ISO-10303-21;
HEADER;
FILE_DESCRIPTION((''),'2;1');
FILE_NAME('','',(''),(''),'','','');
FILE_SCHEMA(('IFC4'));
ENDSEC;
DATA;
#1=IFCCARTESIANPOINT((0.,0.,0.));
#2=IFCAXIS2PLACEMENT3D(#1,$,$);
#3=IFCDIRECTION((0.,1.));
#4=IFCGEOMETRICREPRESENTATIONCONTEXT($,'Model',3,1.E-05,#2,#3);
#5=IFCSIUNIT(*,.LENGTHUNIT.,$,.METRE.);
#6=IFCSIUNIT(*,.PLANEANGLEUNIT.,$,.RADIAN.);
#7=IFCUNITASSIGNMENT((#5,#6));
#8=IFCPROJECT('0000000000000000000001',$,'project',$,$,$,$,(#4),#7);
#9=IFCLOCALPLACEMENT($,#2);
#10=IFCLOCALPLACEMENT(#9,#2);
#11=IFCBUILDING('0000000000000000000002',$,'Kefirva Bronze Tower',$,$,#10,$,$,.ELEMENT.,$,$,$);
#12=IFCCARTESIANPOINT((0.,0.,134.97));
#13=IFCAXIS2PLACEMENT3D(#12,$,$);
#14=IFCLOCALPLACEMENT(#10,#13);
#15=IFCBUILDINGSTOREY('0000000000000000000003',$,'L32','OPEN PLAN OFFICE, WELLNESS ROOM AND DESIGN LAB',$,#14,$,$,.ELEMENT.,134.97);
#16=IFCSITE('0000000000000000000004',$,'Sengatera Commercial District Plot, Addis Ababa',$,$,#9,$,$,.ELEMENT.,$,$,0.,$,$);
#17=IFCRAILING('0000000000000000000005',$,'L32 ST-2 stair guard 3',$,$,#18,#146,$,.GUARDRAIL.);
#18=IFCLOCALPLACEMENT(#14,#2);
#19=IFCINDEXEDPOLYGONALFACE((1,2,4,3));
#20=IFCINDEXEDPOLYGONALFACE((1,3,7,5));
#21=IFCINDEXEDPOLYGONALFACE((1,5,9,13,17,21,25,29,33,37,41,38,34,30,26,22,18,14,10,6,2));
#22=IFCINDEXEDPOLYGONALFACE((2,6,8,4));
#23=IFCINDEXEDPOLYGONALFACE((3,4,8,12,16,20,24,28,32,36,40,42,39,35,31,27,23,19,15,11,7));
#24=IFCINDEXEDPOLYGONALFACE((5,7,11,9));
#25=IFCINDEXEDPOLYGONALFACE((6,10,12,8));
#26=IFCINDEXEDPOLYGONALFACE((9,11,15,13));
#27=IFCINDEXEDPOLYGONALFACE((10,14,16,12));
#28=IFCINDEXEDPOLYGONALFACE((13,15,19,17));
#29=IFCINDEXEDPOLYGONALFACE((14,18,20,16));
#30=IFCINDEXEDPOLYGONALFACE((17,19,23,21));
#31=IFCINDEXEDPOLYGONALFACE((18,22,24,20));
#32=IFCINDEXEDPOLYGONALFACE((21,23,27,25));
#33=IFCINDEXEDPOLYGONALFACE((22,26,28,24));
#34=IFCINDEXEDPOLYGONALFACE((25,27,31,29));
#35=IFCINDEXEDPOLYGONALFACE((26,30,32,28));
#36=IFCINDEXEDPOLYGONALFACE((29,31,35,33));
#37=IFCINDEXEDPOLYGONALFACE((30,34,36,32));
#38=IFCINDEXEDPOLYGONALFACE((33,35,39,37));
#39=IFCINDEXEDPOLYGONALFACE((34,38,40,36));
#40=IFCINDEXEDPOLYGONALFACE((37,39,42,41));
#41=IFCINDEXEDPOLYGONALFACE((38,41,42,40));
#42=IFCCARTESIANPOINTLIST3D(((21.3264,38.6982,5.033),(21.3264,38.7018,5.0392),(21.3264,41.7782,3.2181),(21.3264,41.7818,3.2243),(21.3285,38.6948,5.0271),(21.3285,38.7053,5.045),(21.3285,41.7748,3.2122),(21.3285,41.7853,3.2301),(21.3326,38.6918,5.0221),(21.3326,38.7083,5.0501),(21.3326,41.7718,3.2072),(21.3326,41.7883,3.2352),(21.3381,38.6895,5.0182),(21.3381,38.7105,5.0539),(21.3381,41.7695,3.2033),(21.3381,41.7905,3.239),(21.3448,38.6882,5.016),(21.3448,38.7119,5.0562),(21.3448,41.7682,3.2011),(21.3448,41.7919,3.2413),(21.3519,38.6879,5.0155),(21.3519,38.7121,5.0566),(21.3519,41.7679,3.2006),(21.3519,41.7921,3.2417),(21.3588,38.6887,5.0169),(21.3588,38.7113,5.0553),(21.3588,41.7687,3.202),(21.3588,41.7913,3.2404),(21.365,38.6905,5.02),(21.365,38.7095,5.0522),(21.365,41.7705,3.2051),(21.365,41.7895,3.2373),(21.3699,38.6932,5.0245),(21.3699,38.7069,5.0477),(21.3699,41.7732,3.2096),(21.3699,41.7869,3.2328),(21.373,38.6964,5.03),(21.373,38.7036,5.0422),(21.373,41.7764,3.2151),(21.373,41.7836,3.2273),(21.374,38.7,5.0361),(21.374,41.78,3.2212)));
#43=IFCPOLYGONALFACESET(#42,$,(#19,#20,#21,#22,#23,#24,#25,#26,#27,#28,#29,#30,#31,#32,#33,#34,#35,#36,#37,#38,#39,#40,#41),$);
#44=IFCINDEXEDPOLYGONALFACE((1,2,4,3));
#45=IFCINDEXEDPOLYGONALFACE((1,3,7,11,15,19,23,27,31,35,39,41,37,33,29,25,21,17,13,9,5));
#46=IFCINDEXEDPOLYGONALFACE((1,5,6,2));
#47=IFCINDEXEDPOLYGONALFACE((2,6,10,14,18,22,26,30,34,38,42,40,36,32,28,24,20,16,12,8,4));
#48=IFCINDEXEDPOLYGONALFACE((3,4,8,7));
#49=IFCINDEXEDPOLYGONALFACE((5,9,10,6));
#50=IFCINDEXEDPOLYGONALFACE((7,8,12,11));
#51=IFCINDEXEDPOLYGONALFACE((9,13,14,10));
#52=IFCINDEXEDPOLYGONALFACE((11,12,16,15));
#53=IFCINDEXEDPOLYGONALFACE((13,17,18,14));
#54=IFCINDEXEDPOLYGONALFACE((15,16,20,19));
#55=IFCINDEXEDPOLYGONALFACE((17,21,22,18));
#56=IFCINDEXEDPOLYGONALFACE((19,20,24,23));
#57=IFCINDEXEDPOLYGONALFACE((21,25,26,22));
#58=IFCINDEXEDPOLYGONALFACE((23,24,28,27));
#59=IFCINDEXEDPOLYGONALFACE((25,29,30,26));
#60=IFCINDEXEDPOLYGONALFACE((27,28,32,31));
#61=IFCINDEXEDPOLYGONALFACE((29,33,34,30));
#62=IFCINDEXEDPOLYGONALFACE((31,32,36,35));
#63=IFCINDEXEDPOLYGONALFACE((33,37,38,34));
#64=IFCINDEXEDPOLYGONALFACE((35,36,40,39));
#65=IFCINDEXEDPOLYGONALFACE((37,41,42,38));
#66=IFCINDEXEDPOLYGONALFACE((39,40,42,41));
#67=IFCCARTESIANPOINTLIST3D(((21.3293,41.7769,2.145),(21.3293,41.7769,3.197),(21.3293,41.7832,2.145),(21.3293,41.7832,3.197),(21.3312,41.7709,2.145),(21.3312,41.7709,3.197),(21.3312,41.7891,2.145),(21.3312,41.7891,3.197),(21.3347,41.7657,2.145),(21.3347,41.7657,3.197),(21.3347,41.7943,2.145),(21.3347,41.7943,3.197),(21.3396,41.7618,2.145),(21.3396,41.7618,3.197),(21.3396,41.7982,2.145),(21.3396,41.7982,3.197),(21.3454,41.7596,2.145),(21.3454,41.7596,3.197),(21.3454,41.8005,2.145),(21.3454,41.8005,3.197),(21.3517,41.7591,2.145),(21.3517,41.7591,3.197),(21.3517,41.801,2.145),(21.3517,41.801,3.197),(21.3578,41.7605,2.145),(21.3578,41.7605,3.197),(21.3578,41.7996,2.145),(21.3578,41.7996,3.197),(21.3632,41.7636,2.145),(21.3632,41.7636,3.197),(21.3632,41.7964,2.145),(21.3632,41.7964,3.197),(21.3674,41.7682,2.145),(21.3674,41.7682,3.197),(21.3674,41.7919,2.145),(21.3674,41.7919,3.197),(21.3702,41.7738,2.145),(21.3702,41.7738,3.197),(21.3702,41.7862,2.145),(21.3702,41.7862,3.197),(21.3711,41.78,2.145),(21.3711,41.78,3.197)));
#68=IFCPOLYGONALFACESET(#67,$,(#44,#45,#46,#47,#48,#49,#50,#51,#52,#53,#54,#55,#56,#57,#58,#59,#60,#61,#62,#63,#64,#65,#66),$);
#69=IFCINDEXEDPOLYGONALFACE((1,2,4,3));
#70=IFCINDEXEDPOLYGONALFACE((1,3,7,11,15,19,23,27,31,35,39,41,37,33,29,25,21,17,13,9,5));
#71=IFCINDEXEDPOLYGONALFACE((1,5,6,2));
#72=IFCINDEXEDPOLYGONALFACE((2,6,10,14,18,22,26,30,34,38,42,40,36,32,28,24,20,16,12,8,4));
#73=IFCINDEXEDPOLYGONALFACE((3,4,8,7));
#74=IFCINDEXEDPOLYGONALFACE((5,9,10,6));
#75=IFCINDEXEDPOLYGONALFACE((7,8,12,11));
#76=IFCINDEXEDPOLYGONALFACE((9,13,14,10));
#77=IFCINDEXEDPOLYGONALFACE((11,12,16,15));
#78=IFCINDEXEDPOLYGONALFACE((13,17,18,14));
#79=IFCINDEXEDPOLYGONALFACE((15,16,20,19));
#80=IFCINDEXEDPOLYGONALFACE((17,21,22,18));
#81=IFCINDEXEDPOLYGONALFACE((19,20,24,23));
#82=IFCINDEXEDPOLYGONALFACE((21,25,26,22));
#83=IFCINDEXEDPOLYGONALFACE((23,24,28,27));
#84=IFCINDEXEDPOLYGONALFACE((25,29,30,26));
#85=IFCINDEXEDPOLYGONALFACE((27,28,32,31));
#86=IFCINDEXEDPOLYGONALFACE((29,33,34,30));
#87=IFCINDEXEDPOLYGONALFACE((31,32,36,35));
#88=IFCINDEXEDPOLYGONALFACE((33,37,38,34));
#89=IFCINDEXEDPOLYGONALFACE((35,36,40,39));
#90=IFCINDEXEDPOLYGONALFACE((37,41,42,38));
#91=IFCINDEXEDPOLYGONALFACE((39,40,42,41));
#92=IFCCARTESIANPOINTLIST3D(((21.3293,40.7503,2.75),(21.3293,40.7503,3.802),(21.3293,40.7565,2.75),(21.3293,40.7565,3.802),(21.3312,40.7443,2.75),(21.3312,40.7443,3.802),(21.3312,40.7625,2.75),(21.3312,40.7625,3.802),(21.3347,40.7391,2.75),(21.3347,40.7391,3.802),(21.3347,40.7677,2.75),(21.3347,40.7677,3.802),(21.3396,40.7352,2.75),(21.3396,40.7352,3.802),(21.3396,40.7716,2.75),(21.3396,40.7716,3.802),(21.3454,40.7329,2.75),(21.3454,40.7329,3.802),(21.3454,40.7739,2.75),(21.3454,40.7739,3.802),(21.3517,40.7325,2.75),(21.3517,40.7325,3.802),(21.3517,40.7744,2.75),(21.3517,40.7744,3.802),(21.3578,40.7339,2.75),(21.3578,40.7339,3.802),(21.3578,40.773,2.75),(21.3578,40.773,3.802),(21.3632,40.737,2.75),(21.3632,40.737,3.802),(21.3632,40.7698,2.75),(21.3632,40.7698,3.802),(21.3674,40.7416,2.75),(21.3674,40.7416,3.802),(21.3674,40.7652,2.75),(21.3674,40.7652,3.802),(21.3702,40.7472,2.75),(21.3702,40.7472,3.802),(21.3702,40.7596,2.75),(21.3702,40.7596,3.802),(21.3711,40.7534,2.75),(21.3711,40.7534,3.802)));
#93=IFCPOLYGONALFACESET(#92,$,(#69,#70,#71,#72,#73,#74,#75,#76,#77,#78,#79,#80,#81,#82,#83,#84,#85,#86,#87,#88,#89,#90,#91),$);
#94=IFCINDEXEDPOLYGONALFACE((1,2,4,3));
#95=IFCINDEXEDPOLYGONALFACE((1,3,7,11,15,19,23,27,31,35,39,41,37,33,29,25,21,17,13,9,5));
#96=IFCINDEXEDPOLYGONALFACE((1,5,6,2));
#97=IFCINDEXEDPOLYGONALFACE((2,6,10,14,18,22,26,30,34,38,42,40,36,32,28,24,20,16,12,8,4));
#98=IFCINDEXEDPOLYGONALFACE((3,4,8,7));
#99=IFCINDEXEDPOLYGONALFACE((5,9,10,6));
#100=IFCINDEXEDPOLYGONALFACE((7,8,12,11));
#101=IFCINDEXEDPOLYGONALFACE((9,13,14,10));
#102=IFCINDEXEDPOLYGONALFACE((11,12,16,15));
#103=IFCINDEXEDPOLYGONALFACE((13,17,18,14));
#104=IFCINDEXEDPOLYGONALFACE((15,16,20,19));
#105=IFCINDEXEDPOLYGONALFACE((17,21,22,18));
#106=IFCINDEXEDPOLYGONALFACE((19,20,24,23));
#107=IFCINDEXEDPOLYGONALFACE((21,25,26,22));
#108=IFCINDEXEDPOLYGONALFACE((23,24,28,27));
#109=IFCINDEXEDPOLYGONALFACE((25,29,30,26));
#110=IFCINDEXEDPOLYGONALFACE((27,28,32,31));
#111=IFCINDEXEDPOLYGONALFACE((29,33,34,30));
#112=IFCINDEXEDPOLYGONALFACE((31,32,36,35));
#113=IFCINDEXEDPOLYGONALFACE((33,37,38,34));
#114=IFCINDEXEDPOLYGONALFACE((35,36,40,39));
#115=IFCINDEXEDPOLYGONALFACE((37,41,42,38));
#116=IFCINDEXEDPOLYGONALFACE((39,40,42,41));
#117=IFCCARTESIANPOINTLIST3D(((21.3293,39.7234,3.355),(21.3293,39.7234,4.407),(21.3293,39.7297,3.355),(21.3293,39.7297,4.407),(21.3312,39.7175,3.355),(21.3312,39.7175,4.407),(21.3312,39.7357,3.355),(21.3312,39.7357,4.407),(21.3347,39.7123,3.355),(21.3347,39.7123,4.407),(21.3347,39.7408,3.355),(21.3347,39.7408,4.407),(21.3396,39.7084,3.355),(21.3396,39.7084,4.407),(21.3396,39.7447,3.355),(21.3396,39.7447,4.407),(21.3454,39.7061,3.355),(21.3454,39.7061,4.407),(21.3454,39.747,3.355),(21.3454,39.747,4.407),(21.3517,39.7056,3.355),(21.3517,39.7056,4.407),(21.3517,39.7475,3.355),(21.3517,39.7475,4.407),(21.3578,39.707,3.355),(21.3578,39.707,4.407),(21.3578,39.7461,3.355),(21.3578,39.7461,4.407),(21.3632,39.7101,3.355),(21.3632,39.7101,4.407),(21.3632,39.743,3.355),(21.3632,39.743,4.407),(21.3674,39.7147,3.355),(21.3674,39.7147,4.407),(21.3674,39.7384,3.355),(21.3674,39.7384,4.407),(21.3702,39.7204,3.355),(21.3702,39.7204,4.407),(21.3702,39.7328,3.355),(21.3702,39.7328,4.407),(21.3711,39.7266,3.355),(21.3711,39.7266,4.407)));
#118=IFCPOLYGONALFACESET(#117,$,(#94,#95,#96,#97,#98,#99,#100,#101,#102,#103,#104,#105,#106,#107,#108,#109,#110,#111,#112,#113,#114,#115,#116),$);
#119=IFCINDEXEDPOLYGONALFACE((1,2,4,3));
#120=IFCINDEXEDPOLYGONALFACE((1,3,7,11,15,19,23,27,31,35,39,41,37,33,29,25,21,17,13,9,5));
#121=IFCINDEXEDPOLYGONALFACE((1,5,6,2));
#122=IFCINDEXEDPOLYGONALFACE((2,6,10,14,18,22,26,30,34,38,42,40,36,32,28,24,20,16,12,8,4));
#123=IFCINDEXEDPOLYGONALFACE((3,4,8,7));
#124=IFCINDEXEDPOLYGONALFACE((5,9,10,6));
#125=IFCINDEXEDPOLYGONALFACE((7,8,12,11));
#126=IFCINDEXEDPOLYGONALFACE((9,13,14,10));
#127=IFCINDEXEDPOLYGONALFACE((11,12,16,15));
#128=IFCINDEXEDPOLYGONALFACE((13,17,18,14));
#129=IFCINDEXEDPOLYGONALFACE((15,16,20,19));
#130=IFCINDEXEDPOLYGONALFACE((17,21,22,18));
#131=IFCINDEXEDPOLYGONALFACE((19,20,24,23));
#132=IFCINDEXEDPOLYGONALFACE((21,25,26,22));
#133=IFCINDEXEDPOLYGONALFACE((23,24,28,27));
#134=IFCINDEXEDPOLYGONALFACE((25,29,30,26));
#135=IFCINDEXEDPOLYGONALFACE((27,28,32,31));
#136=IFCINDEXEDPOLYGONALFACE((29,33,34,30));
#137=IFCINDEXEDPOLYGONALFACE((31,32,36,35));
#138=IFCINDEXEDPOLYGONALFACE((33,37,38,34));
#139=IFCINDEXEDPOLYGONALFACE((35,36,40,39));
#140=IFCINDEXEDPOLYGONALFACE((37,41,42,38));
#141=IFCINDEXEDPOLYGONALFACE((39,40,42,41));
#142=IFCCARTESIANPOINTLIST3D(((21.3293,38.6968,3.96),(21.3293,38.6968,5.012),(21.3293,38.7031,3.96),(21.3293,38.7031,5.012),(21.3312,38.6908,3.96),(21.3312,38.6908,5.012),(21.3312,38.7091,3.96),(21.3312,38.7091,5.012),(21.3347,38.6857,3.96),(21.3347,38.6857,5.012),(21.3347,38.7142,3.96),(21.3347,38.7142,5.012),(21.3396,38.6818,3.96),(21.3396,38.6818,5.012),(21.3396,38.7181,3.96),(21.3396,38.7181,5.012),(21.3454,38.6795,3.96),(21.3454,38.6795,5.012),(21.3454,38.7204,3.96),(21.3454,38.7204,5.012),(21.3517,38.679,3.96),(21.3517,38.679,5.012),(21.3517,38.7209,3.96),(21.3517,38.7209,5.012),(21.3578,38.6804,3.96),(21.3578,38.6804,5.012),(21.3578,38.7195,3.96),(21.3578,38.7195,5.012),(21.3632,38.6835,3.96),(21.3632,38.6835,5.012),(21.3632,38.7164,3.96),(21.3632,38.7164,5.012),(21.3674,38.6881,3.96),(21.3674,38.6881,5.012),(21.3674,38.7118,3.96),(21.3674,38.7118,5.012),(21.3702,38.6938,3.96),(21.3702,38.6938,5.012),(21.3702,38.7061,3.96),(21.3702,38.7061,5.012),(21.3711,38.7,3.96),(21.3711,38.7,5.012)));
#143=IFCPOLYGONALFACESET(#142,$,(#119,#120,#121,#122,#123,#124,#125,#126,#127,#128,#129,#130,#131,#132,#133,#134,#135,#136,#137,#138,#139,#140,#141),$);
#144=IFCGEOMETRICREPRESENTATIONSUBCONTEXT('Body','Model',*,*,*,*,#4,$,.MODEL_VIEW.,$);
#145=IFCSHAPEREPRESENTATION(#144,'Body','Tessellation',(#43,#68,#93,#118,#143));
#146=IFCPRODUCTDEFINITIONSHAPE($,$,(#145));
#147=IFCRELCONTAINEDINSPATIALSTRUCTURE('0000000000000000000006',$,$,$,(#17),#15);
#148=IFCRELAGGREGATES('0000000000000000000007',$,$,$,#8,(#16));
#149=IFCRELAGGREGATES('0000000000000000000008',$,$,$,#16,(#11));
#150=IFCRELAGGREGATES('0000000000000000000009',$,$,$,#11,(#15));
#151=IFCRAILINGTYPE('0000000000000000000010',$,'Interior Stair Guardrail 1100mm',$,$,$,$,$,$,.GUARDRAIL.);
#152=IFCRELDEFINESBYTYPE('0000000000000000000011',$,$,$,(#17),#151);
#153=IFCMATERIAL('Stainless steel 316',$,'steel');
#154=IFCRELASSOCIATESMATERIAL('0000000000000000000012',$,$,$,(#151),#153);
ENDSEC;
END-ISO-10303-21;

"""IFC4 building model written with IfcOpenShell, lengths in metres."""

from ifc_helpers import new_model, si_unit, direction, frame, origin, origin_2d, place, context, subcontext, project, spatial, circle, extrude, material, type_object, element, save


model = new_model("IFC4")

# Units and contexts
model_context = context("Model", 3, precision=1e-05, world=origin(), true_north=direction((0.0, 1.0)))
body_context = subcontext(model_context, "Body", "Model", "MODEL_VIEW")
ifc_project = project(units=[si_unit("LENGTHUNIT", "METRE"), si_unit("PLANEANGLEUNIT", "RADIAN")], contexts=[model_context])

# Site, building, storey
site_placement = place(None, origin())
site = spatial("IfcSite", under=ifc_project, at=site_placement, Name="Sengatera Commercial District Plot, Addis Ababa", CompositionType="ELEMENT", RefElevation=0.0)
building_placement = place(site_placement, origin())
building = spatial("IfcBuilding", under=site, at=building_placement, Name="Kefirva Bronze Tower", CompositionType="ELEMENT")
storey_placement = place(building_placement, frame((0.0, 0.0, 134.97)))
storey = spatial("IfcBuildingStorey", under=building, at=storey_placement, Name="L32", Description="OPEN PLAN OFFICE, WELLNESS ROOM AND DESIGN LAB", CompositionType="ELEMENT", Elevation=134.97)

# Railing
ifc_material_1 = material(Name="Stainless steel 316", Category="steel")
railing_type_1 = type_object("IfcRailingType", Name="Interior Stair Guardrail 1100mm", PredefinedType="GUARDRAIL", material=ifc_material_1)
railing_1_placement = place(storey_placement, frame((21.3501, 41.78, 2.145)))
element("IfcRailing", 1, at=railing_1_placement, inside=storey, type_object=railing_type_1, Name="L32 ST-2 stair guard 3", PredefinedType="GUARDRAIL", context=body_context, shape_type="SweptSolid", body=[
    extrude(circle(Radius=0.0239, at=origin_2d()), frame((0.0, 0.0, 1.0762), z_axis=(0.0, -0.861551, 0.507671), x_axis=(1.0, 0.0, 0.0)), (0.0, 0.0, 1.0), 3.575),
    extrude(circle(Radius=0.021, at=origin_2d()), origin(), (0.0, 0.0, 1.0), 1.052),
    extrude(circle(Radius=0.021, at=origin_2d()), frame((0.0, -1.0266, 0.605)), (0.0, 0.0, 1.0), 1.052),
    extrude(circle(Radius=0.021, at=origin_2d()), frame((0.0, -2.0535, 1.21)), (0.0, 0.0, 1.0), 1.052),
    extrude(circle(Radius=0.021, at=origin_2d()), frame((0.0, -3.0801, 1.8149)), (0.0, 0.0, 1.0), 1.052),
])

save(model, "model.ifc")
